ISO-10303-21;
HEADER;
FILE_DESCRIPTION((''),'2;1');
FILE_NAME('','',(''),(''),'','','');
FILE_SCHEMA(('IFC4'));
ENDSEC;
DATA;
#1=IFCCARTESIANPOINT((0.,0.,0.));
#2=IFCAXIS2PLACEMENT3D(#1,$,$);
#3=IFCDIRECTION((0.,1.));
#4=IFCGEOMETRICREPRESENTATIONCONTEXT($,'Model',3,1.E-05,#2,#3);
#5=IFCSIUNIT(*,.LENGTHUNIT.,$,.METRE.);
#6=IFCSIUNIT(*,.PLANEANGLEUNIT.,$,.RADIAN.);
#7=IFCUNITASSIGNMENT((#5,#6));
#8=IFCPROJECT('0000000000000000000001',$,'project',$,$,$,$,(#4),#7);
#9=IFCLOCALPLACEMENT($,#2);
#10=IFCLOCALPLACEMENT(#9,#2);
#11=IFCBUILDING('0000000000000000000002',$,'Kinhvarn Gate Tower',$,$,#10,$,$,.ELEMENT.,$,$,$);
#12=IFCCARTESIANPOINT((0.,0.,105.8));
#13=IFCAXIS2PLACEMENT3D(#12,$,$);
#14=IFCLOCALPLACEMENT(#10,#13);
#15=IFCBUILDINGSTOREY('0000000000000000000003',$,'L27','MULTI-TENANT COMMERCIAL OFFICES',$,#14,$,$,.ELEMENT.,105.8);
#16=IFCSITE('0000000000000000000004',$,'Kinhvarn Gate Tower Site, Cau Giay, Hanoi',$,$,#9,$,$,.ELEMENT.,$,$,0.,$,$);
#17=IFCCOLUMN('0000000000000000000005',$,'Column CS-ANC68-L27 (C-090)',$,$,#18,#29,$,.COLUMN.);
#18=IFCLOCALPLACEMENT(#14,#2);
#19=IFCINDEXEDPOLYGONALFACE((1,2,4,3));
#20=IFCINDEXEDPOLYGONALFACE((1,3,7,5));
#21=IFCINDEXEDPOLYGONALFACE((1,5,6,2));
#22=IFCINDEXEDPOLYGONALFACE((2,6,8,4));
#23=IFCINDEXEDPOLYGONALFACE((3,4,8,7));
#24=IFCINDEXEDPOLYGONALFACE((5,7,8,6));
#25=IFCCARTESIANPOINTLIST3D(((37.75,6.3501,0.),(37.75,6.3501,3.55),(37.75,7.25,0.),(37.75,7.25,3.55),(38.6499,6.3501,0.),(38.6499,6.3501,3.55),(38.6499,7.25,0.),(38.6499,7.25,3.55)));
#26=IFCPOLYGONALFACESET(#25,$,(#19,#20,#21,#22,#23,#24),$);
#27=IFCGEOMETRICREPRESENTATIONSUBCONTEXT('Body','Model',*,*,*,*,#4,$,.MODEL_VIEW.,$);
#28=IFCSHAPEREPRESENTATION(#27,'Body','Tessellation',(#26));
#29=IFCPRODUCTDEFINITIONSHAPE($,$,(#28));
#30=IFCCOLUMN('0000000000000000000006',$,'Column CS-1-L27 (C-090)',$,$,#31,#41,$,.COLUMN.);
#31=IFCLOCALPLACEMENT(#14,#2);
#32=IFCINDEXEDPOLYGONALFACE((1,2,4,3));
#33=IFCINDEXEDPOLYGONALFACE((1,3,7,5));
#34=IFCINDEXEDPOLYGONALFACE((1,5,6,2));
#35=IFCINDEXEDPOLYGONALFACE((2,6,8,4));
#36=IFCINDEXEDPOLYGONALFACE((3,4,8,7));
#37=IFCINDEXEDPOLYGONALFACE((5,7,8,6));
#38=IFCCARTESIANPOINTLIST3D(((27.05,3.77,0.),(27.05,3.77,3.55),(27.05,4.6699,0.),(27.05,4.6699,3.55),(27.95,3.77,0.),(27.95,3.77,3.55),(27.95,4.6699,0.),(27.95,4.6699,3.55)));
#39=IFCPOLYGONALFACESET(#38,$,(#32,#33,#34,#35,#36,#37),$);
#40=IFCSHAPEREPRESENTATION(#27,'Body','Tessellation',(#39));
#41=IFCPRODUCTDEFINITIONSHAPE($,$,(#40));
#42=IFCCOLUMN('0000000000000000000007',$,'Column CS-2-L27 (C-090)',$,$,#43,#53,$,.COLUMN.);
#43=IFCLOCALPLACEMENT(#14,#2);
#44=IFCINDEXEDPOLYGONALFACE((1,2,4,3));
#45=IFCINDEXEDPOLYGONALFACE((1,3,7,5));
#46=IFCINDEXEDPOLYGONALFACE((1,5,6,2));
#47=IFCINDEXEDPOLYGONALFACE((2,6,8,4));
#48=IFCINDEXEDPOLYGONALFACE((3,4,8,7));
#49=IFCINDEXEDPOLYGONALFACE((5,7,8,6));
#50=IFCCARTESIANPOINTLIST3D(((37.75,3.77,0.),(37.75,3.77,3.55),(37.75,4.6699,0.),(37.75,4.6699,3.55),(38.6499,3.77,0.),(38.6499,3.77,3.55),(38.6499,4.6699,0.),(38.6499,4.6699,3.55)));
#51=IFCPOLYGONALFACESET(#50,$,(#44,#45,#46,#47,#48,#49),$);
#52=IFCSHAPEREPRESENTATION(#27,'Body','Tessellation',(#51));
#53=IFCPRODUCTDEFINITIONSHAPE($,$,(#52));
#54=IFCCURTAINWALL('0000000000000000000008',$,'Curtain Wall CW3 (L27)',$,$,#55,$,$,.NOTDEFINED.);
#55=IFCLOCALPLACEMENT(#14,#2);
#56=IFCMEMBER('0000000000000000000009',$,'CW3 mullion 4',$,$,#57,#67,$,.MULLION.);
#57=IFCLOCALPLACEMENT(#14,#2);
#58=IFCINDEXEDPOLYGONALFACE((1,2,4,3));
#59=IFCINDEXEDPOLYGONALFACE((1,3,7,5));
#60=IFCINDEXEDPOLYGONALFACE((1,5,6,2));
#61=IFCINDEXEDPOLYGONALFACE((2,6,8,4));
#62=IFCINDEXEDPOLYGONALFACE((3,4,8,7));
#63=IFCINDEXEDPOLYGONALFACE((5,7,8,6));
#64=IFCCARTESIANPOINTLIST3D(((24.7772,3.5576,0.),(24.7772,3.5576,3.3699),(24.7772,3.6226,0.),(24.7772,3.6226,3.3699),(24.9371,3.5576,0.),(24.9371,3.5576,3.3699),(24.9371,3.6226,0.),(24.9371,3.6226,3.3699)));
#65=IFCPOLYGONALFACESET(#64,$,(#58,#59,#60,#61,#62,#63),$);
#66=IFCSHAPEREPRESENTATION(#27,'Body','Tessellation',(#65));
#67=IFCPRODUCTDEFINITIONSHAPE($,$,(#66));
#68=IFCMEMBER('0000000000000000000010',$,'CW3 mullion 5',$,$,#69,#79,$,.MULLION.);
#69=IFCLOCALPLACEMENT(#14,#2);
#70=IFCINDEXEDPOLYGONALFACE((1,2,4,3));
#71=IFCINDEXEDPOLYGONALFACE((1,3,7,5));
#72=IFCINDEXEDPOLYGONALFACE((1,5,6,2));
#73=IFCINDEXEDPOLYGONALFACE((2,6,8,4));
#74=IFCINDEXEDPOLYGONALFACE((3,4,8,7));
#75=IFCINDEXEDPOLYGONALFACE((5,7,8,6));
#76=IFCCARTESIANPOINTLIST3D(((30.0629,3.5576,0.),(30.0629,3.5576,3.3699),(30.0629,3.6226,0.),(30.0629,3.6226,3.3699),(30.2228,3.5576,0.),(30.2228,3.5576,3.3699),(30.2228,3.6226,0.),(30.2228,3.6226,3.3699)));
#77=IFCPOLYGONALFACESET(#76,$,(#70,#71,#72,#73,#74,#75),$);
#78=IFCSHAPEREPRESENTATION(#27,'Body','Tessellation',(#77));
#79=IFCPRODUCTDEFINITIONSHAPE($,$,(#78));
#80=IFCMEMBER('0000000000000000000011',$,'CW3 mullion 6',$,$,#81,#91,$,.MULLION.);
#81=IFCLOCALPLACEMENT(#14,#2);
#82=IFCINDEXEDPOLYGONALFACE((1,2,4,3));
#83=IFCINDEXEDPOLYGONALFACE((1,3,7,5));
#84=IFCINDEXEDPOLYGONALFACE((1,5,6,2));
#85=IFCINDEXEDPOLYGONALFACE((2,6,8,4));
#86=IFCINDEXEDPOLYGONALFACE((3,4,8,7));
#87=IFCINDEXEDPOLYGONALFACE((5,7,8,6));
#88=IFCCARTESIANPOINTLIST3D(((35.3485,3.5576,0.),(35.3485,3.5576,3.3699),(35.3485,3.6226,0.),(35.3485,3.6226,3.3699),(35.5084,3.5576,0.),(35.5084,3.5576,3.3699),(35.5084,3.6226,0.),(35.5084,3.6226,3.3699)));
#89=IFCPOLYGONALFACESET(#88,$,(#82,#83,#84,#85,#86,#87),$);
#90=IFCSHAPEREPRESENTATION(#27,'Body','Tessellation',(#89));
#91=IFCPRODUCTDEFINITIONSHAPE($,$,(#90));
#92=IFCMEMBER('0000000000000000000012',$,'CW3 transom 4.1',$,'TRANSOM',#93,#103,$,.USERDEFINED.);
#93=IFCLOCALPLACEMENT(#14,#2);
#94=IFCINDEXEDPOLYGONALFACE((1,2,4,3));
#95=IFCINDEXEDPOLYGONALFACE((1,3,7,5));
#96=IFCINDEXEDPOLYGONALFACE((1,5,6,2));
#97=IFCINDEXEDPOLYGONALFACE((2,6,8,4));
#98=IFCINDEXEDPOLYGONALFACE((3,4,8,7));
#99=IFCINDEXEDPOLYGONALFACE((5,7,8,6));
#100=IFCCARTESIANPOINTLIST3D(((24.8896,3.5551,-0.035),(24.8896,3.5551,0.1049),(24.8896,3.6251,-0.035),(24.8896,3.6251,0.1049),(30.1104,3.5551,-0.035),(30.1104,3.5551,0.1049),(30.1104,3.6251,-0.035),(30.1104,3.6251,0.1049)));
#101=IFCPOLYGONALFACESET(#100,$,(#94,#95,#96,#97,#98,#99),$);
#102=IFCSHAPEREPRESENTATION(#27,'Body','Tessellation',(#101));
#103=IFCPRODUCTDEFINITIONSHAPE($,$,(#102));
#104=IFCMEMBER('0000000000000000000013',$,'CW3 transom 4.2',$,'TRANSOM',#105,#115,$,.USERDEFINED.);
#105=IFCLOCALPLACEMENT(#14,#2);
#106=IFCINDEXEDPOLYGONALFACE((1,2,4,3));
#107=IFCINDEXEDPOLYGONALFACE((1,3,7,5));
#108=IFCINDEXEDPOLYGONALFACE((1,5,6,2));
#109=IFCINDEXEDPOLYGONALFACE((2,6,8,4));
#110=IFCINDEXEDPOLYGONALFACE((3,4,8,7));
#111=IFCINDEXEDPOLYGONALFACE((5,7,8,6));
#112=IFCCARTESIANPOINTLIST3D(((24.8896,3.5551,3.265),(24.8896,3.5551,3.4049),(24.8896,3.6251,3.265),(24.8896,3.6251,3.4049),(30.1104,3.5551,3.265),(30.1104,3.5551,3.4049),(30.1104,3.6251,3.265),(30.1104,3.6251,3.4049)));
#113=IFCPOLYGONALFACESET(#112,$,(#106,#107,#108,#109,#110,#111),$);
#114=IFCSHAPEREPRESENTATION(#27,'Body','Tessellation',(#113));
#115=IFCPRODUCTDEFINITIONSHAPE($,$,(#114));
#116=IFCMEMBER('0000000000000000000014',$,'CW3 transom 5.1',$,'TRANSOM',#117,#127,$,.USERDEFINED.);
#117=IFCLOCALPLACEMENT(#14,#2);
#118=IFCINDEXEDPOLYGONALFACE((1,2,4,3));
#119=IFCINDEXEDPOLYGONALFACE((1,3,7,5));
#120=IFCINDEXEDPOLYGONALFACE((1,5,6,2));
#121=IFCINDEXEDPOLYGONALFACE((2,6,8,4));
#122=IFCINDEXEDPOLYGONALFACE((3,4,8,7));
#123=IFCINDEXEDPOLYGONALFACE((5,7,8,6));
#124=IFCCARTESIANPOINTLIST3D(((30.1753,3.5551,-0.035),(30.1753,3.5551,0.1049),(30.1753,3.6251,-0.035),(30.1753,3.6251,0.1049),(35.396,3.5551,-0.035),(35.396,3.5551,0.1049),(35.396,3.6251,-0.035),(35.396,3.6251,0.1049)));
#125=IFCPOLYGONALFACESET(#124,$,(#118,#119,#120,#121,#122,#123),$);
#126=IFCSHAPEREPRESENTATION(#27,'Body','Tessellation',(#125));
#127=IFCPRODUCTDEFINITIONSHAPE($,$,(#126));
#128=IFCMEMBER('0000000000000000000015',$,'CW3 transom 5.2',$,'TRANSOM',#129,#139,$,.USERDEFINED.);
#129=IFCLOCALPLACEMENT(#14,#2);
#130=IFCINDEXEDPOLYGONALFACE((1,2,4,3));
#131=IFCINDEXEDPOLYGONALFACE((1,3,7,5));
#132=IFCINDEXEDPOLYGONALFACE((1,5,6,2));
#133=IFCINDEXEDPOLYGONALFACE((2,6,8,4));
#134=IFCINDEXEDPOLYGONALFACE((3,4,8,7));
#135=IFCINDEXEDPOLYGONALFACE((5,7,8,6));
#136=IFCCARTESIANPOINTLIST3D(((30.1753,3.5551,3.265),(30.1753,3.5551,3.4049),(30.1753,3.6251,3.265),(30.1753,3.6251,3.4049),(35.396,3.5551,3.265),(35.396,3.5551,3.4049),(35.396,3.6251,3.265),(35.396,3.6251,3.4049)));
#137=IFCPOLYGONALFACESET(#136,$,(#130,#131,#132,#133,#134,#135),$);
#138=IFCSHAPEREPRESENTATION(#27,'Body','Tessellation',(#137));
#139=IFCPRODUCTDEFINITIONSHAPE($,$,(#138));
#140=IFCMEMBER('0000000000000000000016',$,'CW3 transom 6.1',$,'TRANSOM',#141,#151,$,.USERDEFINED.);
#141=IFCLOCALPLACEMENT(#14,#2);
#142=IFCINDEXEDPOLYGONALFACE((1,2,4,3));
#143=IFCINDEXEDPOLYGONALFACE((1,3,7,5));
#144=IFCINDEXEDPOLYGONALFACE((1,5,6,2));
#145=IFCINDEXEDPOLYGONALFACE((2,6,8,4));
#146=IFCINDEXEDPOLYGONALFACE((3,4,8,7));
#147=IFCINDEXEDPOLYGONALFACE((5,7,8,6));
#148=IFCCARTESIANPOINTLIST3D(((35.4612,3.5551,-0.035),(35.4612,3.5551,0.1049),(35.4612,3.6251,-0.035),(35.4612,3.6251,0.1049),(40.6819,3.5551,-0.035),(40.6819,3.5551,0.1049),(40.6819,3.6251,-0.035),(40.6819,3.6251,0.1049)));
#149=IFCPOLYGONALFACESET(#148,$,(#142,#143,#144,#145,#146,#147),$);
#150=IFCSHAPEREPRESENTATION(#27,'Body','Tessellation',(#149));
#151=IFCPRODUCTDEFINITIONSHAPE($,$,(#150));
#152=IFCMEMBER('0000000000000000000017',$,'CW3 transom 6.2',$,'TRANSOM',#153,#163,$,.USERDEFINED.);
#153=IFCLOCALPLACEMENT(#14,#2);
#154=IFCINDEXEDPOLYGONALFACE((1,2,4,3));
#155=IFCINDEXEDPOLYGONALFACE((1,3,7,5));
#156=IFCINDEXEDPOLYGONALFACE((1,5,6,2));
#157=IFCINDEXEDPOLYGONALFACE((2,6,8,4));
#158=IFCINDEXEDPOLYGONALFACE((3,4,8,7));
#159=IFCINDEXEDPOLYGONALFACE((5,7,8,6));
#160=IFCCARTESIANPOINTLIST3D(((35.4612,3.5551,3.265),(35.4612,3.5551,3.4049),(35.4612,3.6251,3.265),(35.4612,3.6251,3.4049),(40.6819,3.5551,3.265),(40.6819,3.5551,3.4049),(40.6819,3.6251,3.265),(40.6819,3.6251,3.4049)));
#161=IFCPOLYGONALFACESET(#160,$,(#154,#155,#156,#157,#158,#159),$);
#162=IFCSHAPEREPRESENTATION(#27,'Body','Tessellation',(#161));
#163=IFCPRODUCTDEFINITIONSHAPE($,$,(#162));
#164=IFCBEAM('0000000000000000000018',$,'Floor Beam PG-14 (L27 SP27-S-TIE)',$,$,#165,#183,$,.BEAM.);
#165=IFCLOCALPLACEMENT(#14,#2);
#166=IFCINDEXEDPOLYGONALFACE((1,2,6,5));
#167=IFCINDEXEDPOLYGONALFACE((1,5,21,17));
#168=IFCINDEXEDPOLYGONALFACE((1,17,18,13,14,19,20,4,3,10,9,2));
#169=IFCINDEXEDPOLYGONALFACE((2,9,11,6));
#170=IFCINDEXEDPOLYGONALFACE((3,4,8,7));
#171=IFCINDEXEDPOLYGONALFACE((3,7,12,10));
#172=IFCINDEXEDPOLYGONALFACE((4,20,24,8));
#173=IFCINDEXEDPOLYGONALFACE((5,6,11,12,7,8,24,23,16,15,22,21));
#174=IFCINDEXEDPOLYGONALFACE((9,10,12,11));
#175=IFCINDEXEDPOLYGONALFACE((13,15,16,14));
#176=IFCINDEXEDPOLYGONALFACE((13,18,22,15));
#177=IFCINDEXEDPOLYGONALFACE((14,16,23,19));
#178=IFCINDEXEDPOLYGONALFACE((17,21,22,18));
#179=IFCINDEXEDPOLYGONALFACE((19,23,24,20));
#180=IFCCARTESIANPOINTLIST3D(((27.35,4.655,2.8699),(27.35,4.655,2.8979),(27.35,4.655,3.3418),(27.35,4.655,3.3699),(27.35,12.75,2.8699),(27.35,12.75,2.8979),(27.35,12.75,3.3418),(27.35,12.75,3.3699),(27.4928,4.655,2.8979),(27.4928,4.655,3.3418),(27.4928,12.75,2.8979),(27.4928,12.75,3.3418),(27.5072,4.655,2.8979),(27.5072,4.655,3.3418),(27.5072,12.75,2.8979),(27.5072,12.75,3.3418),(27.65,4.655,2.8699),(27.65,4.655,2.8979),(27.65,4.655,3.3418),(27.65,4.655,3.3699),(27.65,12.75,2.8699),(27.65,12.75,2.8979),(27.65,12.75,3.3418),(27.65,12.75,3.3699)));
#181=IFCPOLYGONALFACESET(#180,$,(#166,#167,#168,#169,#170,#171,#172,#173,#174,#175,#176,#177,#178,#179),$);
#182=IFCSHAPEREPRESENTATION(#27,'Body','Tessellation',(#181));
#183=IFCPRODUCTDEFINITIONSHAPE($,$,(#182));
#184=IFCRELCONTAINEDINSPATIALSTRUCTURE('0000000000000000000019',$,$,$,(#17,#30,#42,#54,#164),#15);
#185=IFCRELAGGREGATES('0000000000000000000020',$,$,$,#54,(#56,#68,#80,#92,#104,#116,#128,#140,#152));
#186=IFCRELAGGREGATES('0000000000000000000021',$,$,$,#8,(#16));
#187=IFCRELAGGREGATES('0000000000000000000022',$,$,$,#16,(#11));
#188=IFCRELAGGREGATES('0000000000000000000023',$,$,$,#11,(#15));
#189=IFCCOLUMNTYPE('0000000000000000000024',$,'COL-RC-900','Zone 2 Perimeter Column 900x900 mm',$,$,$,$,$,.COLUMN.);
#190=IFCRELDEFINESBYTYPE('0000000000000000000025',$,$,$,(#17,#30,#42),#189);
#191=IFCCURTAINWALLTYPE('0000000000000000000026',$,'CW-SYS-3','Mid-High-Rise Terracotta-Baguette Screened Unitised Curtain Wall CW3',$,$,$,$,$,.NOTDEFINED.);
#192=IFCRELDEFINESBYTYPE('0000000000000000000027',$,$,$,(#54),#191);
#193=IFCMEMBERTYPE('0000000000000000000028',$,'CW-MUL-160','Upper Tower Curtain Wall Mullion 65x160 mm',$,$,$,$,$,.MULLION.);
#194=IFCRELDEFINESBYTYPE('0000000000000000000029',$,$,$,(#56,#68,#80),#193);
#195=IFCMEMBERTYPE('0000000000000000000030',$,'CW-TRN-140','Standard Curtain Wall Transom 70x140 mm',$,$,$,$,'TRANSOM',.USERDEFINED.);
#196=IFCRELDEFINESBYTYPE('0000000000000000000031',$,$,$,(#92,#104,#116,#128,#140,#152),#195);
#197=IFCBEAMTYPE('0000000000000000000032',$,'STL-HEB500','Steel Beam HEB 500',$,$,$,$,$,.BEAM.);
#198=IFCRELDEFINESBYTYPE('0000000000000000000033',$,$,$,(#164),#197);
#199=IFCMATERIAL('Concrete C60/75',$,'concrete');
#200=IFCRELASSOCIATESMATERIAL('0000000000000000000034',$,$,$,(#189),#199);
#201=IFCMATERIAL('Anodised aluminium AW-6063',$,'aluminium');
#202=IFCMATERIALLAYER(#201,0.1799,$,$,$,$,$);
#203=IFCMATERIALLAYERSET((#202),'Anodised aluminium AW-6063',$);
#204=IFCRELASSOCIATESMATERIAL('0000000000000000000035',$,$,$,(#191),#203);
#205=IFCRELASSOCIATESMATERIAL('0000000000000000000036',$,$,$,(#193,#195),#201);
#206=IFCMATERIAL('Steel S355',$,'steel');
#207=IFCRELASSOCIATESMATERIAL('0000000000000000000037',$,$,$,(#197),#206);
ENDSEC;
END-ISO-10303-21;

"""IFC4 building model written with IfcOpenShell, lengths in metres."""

from ifc_helpers import new_model, si_unit, direction, frame, origin, origin_2d, place, context, subcontext, project, spatial, rectangle, i_section, extrude, material, layer, layer_set, material_profile, profile_set, type_object, element, aggregate, save


model = new_model("IFC4")

# Units and contexts
model_context = context("Model", 3, precision=1e-05, world=origin(), true_north=direction((0.0, 1.0)))
body_context = subcontext(model_context, "Body", "Model", "MODEL_VIEW")
ifc_project = project(units=[si_unit("LENGTHUNIT", "METRE"), si_unit("PLANEANGLEUNIT", "RADIAN")], contexts=[model_context])

# Site, building, storey
site_placement = place(None, origin())
site = spatial("IfcSite", under=ifc_project, at=site_placement, Name="Kinhvarn Gate Tower Site, Cau Giay, Hanoi", CompositionType="ELEMENT", RefElevation=0.0)
building_placement = place(site_placement, origin())
building = spatial("IfcBuilding", under=site, at=building_placement, Name="Kinhvarn Gate Tower", CompositionType="ELEMENT")
storey_placement = place(building_placement, frame((0.0, 0.0, 105.8)))
storey = spatial("IfcBuildingStorey", under=building, at=storey_placement, Name="L27", Description="MULTI-TENANT COMMERCIAL OFFICES", CompositionType="ELEMENT", Elevation=105.8)

# Columns
ifc_material_1 = material(Name="Concrete C60/75", Category="concrete")
ifc_material_profile_1 = material_profile(ifc_material_1, rectangle(XDim=0.8999, YDim=0.8999, at=origin_2d()), Name="RC 900x900")
ifc_profile_set_1 = profile_set([ifc_material_profile_1], Name="Concrete C60/75")
column_type = type_object("IfcColumnType", Name="COL-RC-900", Description="Zone 2 Perimeter Column 900x900 mm", PredefinedType="COLUMN", material=ifc_profile_set_1)
for number, where, z_axis, x_axis, name in (
    (1, (38.2, 6.8, 0.0), (0.0, 0.0, 1.0), (1.0, 0.0, 0.0), "Column CS-ANC68-L27 (C-090)"),
    (2, (27.5, 4.22, 0.0), (0.0, 0.0, 1.0), (1.0, 0.0, 0.0), "Column CS-1-L27 (C-090)"),
    (3, (38.2, 4.22, 0.0), (0.0, 0.0, 1.0), (1.0, 0.0, 0.0), "Column CS-2-L27 (C-090)"),
):
    element("IfcColumn", number, at=place(storey_placement, frame(where, z_axis=z_axis, x_axis=x_axis)), inside=storey, type_object=column_type, Name=name, PredefinedType="COLUMN", context=body_context, shape_type="SweptSolid", body=[
        extrude(rectangle(XDim=0.8999, YDim=0.8999, at=origin_2d()), origin(), (0.0, 0.0, 1.0), 3.55),
    ])

# Curtain wall, members
ifc_material_2 = material(Name="Anodised aluminium AW-6063", Category="aluminium")
ifc_layer_1 = layer(ifc_material_2, 0.1799)
ifc_layer_set_1 = layer_set([ifc_layer_1], Name="Anodised aluminium AW-6063")
curtain_wall_type = type_object("IfcCurtainWallType", Name="CW-SYS-3", Description="Mid-High-Rise Terracotta-Baguette Screened Unitised Curtain Wall CW3", PredefinedType="NOTDEFINED", material=ifc_layer_set_1)
curtain_wall_placement = place(storey_placement, origin())
curtain_wall = element("IfcCurtainWall", 4, at=curtain_wall_placement, inside=storey, type_object=curtain_wall_type, Name="Curtain Wall CW3 (L27)", PredefinedType="NOTDEFINED")
ifc_material_profile_2 = material_profile(ifc_material_2, rectangle(XDim=0.0649, YDim=0.1599, at=origin_2d()), Name="ALU 65x160")
ifc_profile_set_2 = profile_set([ifc_material_profile_2], Name="Anodised aluminium AW-6063")
member_type_1 = type_object("IfcMemberType", Name="CW-MUL-160", Description="Upper Tower Curtain Wall Mullion 65x160 mm", PredefinedType="MULLION", material=ifc_profile_set_2)
member_1_placement = place(storey_placement, frame((24.8572, 3.5901, 0.0), z_axis=(0.0, 0.0, 1.0), x_axis=(0.0, 1.0, 0.0)))
member_1 = element("IfcMember", 5, at=member_1_placement, type_object=member_type_1, Name="CW3 mullion 4", PredefinedType="MULLION", context=body_context, shape_type="SweptSolid", body=[
    extrude(rectangle(XDim=0.0649, YDim=0.1599, at=origin_2d()), origin(), (0.0, 0.0, 1.0), 3.3699),
])
member_2_placement = place(storey_placement, frame((30.1428, 3.5901, 0.0), z_axis=(0.0, 0.0, 1.0), x_axis=(0.0, 1.0, 0.0)))
member_2 = element("IfcMember", 6, at=member_2_placement, type_object=member_type_1, Name="CW3 mullion 5", PredefinedType="MULLION", context=body_context, shape_type="SweptSolid", body=[
    extrude(rectangle(XDim=0.0649, YDim=0.1599, at=origin_2d()), origin(), (0.0, 0.0, 1.0), 3.3699),
])
member_3_placement = place(storey_placement, frame((35.4285, 3.5901, 0.0), z_axis=(0.0, 0.0, 1.0), x_axis=(0.0, 1.0, 0.0)))
member_3 = element("IfcMember", 7, at=member_3_placement, type_object=member_type_1, Name="CW3 mullion 6", PredefinedType="MULLION", context=body_context, shape_type="SweptSolid", body=[
    extrude(rectangle(XDim=0.0649, YDim=0.1599, at=origin_2d()), origin(), (0.0, 0.0, 1.0), 3.3699),
])
ifc_material_profile_3 = material_profile(ifc_material_2, rectangle(XDim=0.0701, YDim=0.1399, at=origin_2d()), Name="ALU 70x140")
ifc_profile_set_3 = profile_set([ifc_material_profile_3], Name="Anodised aluminium AW-6063")
member_type_2 = type_object("IfcMemberType", Name="CW-TRN-140", Description="Standard Curtain Wall Transom 70x140 mm", ElementType="TRANSOM", PredefinedType="USERDEFINED", material=ifc_profile_set_3)
member_4_placement = place(storey_placement, frame((24.8896, 3.5901, 0.0349), z_axis=(1.0, 0.0, 0.0), x_axis=(0.0, 1.0, 0.0)))
member_4 = element("IfcMember", 8, at=member_4_placement, type_object=member_type_2, Name="CW3 transom 4.1", ObjectType="TRANSOM", PredefinedType="USERDEFINED", context=body_context, shape_type="SweptSolid", body=[
    extrude(rectangle(XDim=0.0701, YDim=0.1399, at=origin_2d()), origin(), (0.0, 0.0, 1.0), 5.2207),
])
member_5_placement = place(storey_placement, frame((24.8896, 3.5901, 3.335), z_axis=(1.0, 0.0, 0.0), x_axis=(0.0, 1.0, 0.0)))
member_5 = element("IfcMember", 9, at=member_5_placement, type_object=member_type_2, Name="CW3 transom 4.2", ObjectType="TRANSOM", PredefinedType="USERDEFINED", context=body_context, shape_type="SweptSolid", body=[
    extrude(rectangle(XDim=0.0701, YDim=0.1399, at=origin_2d()), origin(), (0.0, 0.0, 1.0), 5.2207),
])
member_6_placement = place(storey_placement, frame((30.1753, 3.5901, 0.0349), z_axis=(1.0, 0.0, 0.0), x_axis=(0.0, 1.0, 0.0)))
member_6 = element("IfcMember", 10, at=member_6_placement, type_object=member_type_2, Name="CW3 transom 5.1", ObjectType="TRANSOM", PredefinedType="USERDEFINED", context=body_context, shape_type="SweptSolid", body=[
    extrude(rectangle(XDim=0.0701, YDim=0.1399, at=origin_2d()), origin(), (0.0, 0.0, 1.0), 5.2207),
])
member_7_placement = place(storey_placement, frame((30.1753, 3.5901, 3.335), z_axis=(1.0, 0.0, 0.0), x_axis=(0.0, 1.0, 0.0)))
member_7 = element("IfcMember", 11, at=member_7_placement, type_object=member_type_2, Name="CW3 transom 5.2", ObjectType="TRANSOM", PredefinedType="USERDEFINED", context=body_context, shape_type="SweptSolid", body=[
    extrude(rectangle(XDim=0.0701, YDim=0.1399, at=origin_2d()), origin(), (0.0, 0.0, 1.0), 5.2207),
])
member_8_placement = place(storey_placement, frame((35.4612, 3.5901, 0.0349), z_axis=(1.0, 0.0, 0.0), x_axis=(0.0, 1.0, 0.0)))
member_8 = element("IfcMember", 12, at=member_8_placement, type_object=member_type_2, Name="CW3 transom 6.1", ObjectType="TRANSOM", PredefinedType="USERDEFINED", context=body_context, shape_type="SweptSolid", body=[
    extrude(rectangle(XDim=0.0701, YDim=0.1399, at=origin_2d()), origin(), (0.0, 0.0, 1.0), 5.2207),
])
member_9_placement = place(storey_placement, frame((35.4612, 3.5901, 3.335), z_axis=(1.0, 0.0, 0.0), x_axis=(0.0, 1.0, 0.0)))
member_9 = element("IfcMember", 13, at=member_9_placement, type_object=member_type_2, Name="CW3 transom 6.2", ObjectType="TRANSOM", PredefinedType="USERDEFINED", context=body_context, shape_type="SweptSolid", body=[
    extrude(rectangle(XDim=0.0701, YDim=0.1399, at=origin_2d()), origin(), (0.0, 0.0, 1.0), 5.2207),
])

# Beam
ifc_material_3 = material(Name="Steel S355", Category="steel")
ifc_material_profile_4 = material_profile(ifc_material_3, i_section(OverallWidth=0.3, OverallDepth=0.5, WebThickness=0.0144, FlangeThickness=0.0281, at=origin_2d()), Name="HEB 500")
ifc_profile_set_4 = profile_set([ifc_material_profile_4], Name="Steel S355")
beam_type_1 = type_object("IfcBeamType", Name="STL-HEB500", Description="Steel Beam HEB 500", PredefinedType="BEAM", material=ifc_profile_set_4)
beam_1_placement = place(storey_placement, frame((27.5, 4.655, 3.1199), z_axis=(0.0, 1.0, 0.0), x_axis=(-1.0, 0.0, 0.0)))
element("IfcBeam", 14, at=beam_1_placement, inside=storey, type_object=beam_type_1, Name="Floor Beam PG-14 (L27 SP27-S-TIE)", PredefinedType="BEAM", context=body_context, shape_type="SweptSolid", body=[
    extrude(i_section(OverallWidth=0.3, OverallDepth=0.5, WebThickness=0.0144, FlangeThickness=0.0281, at=origin_2d()), origin(), (0.0, 0.0, 1.0), 8.095),
])

aggregate(curtain_wall, [member_1, member_2, member_3, member_4, member_5, member_6, member_7, member_8, member_9])

save(model, "model.ifc")
